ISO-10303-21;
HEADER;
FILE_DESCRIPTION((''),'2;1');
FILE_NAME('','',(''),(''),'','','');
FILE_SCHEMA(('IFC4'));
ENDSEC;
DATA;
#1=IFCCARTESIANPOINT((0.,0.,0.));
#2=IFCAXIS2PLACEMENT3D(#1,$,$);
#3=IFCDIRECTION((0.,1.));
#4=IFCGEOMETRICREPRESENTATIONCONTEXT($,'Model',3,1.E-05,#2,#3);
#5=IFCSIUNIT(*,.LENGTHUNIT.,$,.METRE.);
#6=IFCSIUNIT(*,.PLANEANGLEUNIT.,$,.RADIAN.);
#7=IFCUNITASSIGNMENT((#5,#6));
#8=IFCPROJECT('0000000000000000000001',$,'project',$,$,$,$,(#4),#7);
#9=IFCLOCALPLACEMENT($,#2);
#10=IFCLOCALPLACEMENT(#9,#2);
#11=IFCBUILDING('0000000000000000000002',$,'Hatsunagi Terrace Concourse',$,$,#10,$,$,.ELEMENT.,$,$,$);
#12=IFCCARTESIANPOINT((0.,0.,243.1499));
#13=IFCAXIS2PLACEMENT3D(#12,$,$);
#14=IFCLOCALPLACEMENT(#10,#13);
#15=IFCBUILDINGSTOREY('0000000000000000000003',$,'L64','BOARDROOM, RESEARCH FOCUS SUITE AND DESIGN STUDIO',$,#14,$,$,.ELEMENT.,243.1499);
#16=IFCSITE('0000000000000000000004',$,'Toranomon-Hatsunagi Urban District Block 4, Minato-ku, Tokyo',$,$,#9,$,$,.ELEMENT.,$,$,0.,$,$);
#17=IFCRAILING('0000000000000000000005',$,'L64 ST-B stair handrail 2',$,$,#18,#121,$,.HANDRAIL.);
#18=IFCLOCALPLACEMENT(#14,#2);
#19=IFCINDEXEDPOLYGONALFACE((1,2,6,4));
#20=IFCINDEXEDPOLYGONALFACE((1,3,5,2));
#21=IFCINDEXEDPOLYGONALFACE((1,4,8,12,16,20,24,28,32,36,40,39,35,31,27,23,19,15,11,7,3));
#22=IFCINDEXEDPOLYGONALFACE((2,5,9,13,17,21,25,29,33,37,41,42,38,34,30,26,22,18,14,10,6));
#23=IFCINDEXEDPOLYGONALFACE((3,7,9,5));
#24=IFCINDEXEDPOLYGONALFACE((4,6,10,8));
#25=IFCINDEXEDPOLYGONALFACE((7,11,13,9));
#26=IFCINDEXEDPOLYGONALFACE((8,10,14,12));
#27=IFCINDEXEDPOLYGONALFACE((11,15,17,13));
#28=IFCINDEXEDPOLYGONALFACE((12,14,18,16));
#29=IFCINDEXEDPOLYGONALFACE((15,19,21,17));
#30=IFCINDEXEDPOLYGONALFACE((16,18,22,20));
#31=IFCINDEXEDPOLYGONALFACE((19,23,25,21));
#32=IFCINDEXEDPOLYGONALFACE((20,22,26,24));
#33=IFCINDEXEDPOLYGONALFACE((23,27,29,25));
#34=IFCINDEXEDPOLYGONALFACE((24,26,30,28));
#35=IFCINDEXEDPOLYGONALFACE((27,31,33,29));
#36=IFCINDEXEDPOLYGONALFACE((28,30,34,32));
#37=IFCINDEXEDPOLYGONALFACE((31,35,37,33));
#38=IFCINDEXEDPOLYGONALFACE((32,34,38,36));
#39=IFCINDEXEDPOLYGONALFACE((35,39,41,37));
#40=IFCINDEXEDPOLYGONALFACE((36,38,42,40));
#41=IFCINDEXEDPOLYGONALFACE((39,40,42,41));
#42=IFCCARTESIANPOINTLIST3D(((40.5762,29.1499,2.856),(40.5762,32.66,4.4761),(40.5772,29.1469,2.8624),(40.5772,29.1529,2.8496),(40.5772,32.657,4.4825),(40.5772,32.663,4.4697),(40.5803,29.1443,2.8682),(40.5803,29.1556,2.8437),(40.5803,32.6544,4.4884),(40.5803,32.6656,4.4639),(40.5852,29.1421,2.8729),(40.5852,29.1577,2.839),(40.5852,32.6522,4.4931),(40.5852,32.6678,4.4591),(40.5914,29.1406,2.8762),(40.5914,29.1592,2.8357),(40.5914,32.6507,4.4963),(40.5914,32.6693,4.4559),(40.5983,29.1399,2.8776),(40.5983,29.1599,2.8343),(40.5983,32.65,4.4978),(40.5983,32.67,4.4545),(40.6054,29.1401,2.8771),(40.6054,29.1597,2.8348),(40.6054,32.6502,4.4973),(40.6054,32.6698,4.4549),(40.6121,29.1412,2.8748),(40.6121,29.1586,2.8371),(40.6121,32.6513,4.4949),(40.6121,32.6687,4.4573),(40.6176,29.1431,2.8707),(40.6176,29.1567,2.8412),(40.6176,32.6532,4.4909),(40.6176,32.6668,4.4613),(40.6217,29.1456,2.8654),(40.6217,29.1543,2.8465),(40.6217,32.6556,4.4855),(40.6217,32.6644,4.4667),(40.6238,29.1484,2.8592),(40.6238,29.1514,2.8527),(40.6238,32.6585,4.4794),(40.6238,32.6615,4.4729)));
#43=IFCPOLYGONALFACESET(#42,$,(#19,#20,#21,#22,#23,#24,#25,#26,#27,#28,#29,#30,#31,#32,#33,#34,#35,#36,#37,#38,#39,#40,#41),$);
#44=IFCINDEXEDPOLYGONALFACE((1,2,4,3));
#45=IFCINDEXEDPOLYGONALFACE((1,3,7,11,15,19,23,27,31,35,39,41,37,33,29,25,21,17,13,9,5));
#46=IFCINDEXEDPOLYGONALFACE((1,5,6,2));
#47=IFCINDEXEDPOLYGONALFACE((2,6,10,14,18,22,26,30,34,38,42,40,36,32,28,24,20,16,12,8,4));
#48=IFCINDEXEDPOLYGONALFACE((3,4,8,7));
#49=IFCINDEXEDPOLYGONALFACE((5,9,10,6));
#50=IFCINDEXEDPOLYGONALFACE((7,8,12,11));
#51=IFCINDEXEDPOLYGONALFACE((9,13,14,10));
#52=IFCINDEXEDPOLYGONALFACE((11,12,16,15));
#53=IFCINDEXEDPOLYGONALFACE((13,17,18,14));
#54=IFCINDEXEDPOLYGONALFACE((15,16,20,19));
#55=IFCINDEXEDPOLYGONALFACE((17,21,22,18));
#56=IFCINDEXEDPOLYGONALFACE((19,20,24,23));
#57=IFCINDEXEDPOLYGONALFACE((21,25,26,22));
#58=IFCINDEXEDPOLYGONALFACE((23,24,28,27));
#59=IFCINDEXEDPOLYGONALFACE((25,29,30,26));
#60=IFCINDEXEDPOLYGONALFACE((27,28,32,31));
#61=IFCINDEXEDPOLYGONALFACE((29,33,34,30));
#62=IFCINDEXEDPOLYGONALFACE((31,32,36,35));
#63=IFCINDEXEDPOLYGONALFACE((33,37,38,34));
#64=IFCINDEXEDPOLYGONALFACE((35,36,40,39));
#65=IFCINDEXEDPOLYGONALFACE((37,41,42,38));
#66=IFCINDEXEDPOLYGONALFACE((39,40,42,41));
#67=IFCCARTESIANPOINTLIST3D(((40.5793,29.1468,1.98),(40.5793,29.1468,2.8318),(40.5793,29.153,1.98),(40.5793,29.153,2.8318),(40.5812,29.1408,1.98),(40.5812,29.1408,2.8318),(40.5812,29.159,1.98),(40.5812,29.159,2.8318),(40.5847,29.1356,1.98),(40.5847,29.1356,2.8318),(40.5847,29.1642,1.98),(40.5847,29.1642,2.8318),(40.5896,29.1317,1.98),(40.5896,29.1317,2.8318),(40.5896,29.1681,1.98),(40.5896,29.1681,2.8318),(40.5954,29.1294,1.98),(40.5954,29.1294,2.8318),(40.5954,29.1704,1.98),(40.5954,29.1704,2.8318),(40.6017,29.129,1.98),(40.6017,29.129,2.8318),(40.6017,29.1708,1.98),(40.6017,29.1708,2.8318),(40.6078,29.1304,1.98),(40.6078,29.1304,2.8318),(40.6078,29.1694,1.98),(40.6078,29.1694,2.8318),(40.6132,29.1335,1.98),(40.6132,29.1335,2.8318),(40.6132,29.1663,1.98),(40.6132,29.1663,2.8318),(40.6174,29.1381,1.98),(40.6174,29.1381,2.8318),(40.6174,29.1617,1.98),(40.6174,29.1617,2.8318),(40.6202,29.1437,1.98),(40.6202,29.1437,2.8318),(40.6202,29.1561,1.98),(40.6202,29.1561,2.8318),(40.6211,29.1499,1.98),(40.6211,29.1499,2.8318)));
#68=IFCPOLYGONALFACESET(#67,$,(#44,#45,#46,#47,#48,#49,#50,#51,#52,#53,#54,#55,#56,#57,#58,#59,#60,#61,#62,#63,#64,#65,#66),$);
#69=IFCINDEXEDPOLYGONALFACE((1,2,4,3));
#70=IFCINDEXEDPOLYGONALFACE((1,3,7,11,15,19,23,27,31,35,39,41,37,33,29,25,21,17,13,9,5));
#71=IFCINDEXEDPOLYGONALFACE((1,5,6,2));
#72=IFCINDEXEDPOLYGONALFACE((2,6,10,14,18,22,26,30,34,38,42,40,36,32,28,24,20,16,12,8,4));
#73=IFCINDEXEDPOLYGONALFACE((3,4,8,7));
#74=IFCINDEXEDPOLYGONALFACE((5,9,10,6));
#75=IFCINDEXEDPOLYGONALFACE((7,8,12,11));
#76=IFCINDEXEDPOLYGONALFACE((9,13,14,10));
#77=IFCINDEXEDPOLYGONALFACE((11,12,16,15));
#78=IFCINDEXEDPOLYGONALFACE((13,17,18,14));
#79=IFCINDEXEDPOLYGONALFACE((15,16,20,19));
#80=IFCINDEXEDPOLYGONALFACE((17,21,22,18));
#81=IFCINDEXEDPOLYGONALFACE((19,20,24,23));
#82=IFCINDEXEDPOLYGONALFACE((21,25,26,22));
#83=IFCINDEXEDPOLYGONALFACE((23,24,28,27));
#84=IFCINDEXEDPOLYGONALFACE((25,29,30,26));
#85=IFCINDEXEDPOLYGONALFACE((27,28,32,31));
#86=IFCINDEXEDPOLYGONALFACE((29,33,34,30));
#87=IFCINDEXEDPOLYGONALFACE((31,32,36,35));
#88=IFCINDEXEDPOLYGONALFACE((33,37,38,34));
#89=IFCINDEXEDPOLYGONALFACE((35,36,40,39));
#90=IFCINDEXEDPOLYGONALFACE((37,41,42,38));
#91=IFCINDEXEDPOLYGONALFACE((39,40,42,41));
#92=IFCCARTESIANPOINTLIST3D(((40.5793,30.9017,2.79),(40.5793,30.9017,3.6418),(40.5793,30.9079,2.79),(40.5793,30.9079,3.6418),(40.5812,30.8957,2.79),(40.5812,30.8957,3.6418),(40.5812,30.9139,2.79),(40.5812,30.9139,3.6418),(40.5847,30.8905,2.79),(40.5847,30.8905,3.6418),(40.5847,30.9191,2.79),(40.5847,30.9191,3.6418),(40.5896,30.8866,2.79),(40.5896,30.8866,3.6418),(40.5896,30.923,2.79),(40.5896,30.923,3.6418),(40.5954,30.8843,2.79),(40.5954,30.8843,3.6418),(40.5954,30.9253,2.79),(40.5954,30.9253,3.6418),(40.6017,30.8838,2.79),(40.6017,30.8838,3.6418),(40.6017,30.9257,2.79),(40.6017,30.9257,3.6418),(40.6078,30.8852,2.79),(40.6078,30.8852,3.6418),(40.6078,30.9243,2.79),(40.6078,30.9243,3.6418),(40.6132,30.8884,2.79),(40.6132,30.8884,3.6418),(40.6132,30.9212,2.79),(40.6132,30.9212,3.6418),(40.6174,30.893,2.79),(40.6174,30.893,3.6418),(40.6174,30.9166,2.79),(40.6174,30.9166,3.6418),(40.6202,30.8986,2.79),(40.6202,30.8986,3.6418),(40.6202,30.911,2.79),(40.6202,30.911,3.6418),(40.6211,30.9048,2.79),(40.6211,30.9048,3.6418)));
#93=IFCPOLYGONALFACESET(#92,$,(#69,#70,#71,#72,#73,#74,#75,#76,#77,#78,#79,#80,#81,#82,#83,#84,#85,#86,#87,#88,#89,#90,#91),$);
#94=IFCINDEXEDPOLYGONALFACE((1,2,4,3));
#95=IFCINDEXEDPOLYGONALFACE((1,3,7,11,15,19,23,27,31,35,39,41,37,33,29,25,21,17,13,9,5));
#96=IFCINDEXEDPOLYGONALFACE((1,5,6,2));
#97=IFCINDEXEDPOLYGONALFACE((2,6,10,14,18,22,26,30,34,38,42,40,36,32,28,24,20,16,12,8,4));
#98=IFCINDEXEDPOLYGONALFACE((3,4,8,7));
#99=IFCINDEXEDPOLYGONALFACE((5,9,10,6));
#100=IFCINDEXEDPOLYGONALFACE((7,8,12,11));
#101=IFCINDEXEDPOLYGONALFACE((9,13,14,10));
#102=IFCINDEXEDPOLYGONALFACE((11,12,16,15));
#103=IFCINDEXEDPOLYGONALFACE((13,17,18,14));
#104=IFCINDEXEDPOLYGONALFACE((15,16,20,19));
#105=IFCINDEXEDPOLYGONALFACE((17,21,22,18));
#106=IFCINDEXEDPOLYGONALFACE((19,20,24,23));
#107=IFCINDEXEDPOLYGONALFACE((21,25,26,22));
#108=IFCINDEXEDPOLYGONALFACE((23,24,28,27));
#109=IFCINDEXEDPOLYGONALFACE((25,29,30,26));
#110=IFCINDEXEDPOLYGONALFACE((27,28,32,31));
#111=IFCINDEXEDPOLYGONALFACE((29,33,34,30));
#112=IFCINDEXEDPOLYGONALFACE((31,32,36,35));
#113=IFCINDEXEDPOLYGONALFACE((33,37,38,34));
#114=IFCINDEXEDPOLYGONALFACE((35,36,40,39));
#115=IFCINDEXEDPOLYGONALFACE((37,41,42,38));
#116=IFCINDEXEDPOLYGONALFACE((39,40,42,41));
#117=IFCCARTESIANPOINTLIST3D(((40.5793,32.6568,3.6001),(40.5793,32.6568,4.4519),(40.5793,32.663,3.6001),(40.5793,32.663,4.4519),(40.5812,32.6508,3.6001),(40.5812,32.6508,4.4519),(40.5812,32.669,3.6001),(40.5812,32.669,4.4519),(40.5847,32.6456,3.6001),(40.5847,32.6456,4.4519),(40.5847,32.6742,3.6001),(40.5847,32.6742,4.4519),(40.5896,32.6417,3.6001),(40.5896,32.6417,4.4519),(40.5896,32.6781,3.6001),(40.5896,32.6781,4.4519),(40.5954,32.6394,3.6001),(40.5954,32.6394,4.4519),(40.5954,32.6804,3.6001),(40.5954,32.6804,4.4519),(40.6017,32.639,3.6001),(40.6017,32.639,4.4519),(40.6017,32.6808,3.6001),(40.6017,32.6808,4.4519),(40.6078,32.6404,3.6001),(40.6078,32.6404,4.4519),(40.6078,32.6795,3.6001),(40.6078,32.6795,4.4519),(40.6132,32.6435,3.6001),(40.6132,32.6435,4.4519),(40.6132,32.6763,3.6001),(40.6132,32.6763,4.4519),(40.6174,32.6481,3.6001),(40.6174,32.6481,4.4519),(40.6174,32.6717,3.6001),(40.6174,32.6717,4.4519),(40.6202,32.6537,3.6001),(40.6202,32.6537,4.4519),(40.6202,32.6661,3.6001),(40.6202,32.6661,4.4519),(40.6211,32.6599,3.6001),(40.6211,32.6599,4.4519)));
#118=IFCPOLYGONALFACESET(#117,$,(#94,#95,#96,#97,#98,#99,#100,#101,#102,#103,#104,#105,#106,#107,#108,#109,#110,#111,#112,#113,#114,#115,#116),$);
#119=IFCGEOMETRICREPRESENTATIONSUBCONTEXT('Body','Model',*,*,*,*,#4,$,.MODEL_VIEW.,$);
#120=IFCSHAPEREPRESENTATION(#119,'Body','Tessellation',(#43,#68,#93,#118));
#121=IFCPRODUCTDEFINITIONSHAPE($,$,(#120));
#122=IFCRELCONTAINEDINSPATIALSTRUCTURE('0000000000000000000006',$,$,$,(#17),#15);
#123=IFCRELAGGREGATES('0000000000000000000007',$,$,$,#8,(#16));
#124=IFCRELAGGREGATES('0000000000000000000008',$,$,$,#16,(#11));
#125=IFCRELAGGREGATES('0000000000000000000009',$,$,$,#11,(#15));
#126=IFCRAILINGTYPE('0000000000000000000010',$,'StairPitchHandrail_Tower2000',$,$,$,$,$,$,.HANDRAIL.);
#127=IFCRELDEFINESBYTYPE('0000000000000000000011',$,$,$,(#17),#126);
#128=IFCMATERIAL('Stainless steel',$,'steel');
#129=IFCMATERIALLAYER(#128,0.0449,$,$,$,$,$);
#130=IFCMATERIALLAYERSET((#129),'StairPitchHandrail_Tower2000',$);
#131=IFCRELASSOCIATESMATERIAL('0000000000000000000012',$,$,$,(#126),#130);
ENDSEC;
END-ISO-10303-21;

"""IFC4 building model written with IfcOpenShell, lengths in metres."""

from ifc_helpers import new_model, si_unit, direction, frame, origin, origin_2d, place, context, subcontext, project, spatial, circle, extrude, material, layer, layer_set, type_object, element, save


model = new_model("IFC4")

# Units and contexts
model_context = context("Model", 3, precision=1e-05, world=origin(), true_north=direction((0.0, 1.0)))
body_context = subcontext(model_context, "Body", "Model", "MODEL_VIEW")
ifc_project = project(units=[si_unit("LENGTHUNIT", "METRE"), si_unit("PLANEANGLEUNIT", "RADIAN")], contexts=[model_context])

# Site, building, storey
site_placement = place(None, origin())
site = spatial("IfcSite", under=ifc_project, at=site_placement, Name="Toranomon-Hatsunagi Urban District Block 4, Minato-ku, Tokyo", CompositionType="ELEMENT", RefElevation=0.0)
building_placement = place(site_placement, origin())
building = spatial("IfcBuilding", under=site, at=building_placement, Name="Hatsunagi Terrace Concourse", CompositionType="ELEMENT")
storey_placement = place(building_placement, frame((0.0, 0.0, 243.1499)))
storey = spatial("IfcBuildingStorey", under=building, at=storey_placement, Name="L64", Description="BOARDROOM, RESEARCH FOCUS SUITE AND DESIGN STUDIO", CompositionType="ELEMENT", Elevation=243.1499)

# Railing
ifc_material_1 = material(Name="Stainless steel", Category="steel")
ifc_layer_1 = layer(ifc_material_1, 0.0449)
ifc_layer_set_1 = layer_set([ifc_layer_1], Name="StairPitchHandrail_Tower2000")
railing_type = type_object("IfcRailingType", Name="StairPitchHandrail_Tower2000", PredefinedType="HANDRAIL", material=ifc_layer_set_1)
railing_placement = place(storey_placement, frame((40.6001, 29.1499, 1.98)))
element("IfcRailing", 1, at=railing_placement, inside=storey, type_object=railing_type, Name="L64 ST-B stair handrail 2", PredefinedType="HANDRAIL", context=body_context, shape_type="SweptSolid", body=[
    extrude(circle(Radius=0.0239, at=origin_2d()), frame((0.0, 0.0, 0.876), z_axis=(0.0, 0.907948, 0.419082), x_axis=(-1.0, 0.0, 0.0)), (0.0, 0.0, 1.0), 3.866),
    extrude(circle(Radius=0.021, at=origin_2d()), origin(), (0.0, 0.0, 1.0), 0.8518),
    extrude(circle(Radius=0.021, at=origin_2d()), frame((0.0, 1.7549, 0.8101)), (0.0, 0.0, 1.0), 0.8518),
    extrude(circle(Radius=0.021, at=origin_2d()), frame((0.0, 3.51, 1.6201)), (0.0, 0.0, 1.0), 0.8518),
])

save(model, "model.ifc")
